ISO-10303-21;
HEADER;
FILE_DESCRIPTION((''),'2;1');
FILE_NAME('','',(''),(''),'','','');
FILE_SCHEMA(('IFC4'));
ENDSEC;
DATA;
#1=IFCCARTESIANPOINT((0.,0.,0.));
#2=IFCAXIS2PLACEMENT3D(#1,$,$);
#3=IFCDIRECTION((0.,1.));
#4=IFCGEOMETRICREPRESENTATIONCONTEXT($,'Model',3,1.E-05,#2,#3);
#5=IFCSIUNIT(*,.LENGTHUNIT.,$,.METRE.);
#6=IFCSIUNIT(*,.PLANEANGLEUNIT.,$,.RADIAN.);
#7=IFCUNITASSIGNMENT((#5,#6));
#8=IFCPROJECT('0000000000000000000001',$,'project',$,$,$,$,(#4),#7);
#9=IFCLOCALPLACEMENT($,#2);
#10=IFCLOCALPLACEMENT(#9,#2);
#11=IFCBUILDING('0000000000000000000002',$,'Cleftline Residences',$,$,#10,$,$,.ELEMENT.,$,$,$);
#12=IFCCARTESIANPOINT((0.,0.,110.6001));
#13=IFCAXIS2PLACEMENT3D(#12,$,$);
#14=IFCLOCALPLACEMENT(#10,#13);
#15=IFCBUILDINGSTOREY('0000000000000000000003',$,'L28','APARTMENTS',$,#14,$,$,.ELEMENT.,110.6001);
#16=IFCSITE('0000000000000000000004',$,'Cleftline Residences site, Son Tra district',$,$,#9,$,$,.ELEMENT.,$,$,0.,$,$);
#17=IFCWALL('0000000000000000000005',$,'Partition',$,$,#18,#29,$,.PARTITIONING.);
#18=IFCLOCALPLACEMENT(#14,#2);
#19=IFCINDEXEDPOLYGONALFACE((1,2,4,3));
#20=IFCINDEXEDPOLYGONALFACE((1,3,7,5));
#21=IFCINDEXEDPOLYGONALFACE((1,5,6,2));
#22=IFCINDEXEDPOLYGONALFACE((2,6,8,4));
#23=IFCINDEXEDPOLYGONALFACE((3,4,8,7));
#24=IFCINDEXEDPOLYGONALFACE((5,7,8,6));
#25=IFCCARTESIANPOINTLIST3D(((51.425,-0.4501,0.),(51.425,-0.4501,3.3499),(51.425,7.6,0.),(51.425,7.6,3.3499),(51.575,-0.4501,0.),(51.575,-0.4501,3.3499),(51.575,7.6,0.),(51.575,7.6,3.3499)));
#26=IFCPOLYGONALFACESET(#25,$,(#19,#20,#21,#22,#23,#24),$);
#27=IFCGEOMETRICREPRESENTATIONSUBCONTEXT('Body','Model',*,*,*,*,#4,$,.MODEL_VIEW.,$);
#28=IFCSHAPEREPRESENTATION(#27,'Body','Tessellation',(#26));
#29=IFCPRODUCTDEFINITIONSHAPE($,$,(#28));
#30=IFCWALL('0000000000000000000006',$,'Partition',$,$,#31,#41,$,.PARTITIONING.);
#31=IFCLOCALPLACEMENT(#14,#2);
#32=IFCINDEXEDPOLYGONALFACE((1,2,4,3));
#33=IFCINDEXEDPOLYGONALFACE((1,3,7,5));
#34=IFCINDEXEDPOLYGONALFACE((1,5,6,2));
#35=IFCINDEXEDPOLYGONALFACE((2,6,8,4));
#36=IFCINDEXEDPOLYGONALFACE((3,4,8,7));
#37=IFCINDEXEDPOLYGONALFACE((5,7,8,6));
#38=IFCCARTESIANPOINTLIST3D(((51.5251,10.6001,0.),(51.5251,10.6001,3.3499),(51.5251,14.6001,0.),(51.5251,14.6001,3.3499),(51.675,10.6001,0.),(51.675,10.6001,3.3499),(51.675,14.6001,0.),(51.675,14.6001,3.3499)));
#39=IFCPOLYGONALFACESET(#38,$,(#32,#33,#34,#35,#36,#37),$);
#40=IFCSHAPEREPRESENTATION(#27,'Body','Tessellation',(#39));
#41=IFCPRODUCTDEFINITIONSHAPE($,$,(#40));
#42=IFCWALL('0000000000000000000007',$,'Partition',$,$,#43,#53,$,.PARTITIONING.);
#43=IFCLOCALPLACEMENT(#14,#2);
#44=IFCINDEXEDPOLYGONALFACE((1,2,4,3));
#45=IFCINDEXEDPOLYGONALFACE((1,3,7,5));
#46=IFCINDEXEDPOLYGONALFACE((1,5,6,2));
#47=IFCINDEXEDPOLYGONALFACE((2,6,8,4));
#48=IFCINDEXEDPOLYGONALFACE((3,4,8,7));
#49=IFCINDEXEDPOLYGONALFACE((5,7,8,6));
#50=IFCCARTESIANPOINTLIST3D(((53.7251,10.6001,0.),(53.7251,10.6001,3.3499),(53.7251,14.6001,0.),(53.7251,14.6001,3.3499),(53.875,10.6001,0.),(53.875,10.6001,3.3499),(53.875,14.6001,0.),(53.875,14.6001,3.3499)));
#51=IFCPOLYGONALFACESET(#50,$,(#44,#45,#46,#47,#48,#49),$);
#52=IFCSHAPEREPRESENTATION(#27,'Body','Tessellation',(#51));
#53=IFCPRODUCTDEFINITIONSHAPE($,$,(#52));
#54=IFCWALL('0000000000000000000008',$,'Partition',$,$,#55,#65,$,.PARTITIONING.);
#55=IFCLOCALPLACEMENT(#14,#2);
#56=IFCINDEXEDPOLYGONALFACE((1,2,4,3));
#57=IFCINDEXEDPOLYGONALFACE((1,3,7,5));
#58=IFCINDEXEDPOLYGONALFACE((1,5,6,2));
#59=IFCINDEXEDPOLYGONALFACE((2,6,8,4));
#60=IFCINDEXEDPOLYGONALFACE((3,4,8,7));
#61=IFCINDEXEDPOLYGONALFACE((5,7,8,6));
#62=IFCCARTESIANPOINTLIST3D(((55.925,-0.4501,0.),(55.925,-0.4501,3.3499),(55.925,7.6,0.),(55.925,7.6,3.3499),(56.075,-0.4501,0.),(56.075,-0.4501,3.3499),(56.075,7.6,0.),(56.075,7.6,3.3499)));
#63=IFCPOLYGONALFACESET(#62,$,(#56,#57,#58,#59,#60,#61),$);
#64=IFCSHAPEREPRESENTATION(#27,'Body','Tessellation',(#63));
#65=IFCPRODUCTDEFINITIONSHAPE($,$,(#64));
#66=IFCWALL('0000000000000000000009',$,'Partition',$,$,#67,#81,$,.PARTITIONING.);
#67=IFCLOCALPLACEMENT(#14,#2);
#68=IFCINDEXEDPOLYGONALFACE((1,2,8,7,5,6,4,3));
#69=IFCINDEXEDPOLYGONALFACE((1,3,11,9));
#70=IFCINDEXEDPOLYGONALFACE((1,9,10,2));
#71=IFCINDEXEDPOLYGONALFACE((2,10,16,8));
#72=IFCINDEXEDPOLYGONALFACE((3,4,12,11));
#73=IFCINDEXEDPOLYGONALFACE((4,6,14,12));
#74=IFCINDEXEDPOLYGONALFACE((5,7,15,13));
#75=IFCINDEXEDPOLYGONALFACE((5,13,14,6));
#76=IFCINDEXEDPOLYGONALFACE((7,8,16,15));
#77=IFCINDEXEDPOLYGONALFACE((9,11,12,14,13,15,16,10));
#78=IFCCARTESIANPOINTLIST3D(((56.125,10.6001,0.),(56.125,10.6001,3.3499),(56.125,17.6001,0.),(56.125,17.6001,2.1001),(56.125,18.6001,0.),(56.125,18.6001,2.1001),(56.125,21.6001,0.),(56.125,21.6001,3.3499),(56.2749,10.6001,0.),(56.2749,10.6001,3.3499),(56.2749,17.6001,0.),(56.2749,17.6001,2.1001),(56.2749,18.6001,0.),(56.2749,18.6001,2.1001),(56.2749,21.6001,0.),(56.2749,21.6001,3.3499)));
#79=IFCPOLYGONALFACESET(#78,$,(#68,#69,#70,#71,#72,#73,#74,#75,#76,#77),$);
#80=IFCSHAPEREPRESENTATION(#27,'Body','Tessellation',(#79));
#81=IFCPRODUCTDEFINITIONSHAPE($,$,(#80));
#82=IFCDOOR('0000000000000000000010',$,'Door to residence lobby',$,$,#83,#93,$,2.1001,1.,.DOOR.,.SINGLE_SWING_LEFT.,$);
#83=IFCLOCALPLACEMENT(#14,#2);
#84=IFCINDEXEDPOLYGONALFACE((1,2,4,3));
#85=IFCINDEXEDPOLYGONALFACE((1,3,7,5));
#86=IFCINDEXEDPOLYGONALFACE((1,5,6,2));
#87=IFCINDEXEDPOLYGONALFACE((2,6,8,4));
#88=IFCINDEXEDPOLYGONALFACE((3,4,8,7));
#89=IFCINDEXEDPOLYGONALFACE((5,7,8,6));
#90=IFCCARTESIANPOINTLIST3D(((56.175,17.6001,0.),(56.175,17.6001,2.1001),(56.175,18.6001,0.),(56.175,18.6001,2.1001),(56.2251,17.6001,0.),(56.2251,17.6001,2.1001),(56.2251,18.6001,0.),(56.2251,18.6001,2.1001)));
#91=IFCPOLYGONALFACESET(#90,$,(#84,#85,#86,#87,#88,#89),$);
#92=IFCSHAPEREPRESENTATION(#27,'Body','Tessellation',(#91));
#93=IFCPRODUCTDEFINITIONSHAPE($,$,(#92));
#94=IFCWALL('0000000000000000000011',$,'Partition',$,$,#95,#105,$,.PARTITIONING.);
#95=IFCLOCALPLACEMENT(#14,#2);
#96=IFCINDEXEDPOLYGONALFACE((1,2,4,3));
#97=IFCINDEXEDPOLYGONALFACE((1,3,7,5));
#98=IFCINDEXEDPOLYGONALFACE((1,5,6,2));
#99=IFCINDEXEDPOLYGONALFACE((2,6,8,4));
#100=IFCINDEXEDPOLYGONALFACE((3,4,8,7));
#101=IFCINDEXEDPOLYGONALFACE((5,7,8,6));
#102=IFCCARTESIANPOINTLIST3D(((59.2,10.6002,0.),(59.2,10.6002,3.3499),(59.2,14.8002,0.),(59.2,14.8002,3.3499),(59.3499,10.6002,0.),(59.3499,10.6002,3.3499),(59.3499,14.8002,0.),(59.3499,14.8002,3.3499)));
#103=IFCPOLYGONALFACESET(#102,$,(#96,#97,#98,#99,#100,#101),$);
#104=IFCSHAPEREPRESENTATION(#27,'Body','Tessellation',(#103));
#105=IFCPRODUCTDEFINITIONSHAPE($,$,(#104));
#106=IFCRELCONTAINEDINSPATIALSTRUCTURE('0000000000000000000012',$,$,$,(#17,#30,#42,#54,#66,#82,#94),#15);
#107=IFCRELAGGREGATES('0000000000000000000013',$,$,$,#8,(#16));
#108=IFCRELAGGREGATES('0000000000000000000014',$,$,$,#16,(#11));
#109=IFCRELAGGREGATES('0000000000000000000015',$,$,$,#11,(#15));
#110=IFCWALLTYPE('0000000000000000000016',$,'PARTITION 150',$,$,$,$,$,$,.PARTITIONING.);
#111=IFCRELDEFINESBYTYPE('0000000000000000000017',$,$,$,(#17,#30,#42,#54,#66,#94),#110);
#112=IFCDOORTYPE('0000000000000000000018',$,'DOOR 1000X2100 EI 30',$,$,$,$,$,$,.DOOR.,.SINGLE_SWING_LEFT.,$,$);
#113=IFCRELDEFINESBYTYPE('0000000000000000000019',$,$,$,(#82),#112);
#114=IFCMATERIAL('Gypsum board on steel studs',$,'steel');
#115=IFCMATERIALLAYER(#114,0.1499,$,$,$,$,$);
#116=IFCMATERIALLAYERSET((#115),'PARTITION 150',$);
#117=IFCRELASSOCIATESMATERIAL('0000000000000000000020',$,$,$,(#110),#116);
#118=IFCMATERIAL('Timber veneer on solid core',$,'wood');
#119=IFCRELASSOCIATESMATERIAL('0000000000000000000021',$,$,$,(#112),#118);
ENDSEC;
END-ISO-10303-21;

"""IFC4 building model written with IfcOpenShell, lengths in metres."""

from ifc_helpers import new_model, si_unit, direction, frame, frame_2d, origin, place, context, subcontext, project, spatial, rectangle, extrude, material, layer, layer_set, type_object, element, fill, save


model = new_model("IFC4")

# Units and contexts
model_context = context("Model", 3, precision=1e-05, world=origin(), true_north=direction((0.0, 1.0)))
body_context = subcontext(model_context, "Body", "Model", "MODEL_VIEW")
ifc_project = project(units=[si_unit("LENGTHUNIT", "METRE"), si_unit("PLANEANGLEUNIT", "RADIAN")], contexts=[model_context])

# Site, building, storey
site_placement = place(None, origin())
site = spatial("IfcSite", under=ifc_project, at=site_placement, Name="Cleftline Residences site, Son Tra district", CompositionType="ELEMENT", RefElevation=0.0)
building_placement = place(site_placement, origin())
building = spatial("IfcBuilding", under=site, at=building_placement, Name="Cleftline Residences", CompositionType="ELEMENT")
storey_placement = place(building_placement, frame((0.0, 0.0, 110.6001)))
storey = spatial("IfcBuildingStorey", under=building, at=storey_placement, Name="L28", Description="APARTMENTS", CompositionType="ELEMENT", Elevation=110.6001)

# Shared definitions
ifc_material_1 = material(Name="Gypsum board on steel studs", Category="steel")
ifc_layer_1 = layer(ifc_material_1, 0.1499)
ifc_layer_set_1 = layer_set([ifc_layer_1], Name="PARTITION 150")
wall_type_1 = type_object("IfcWallType", Name="PARTITION 150", PredefinedType="PARTITIONING", material=ifc_layer_set_1)

# Walls
wall_1_placement = place(storey_placement, frame((51.5, -0.45, 0.0), z_axis=(0.0, 0.0, 1.0), x_axis=(0.0, 1.0, 0.0)))
element("IfcWall", 1, at=wall_1_placement, inside=storey, type_object=wall_type_1, Name="Partition", PredefinedType="PARTITIONING", context=body_context, shape_type="SweptSolid", body=[
    extrude(rectangle(XDim=8.05, YDim=0.1499, at=frame_2d((4.0249, 0.0))), origin(), (0.0, 0.0, 1.0), 3.3499),
])
for number, where, z_axis, x_axis, name in (
    (2, (51.6001, 10.6001, 0.0), (0.0, 0.0, 1.0), (0.0, 1.0, 0.0), "Partition"),
    (3, (53.8, 10.6001, 0.0), (0.0, 0.0, 1.0), (0.0, 1.0, 0.0), "Partition"),
):
    element("IfcWall", number, at=place(storey_placement, frame(where, z_axis=z_axis, x_axis=x_axis)), inside=storey, type_object=wall_type_1, Name=name, PredefinedType="PARTITIONING", context=body_context, shape_type="SweptSolid", body=[
        extrude(rectangle(XDim=4.0, YDim=0.1499, at=frame_2d((2.0, 0.0))), origin(), (0.0, 0.0, 1.0), 3.3499),
    ])
wall_2_placement = place(storey_placement, frame((56.0, -0.45, 0.0), z_axis=(0.0, 0.0, 1.0), x_axis=(0.0, 1.0, 0.0)))
element("IfcWall", 4, at=wall_2_placement, inside=storey, type_object=wall_type_1, Name="Partition", PredefinedType="PARTITIONING", context=body_context, shape_type="SweptSolid", body=[
    extrude(rectangle(XDim=8.05, YDim=0.1499, at=frame_2d((4.0249, 0.0))), origin(), (0.0, 0.0, 1.0), 3.3499),
])

# Wall, opening, door
wall_3_placement = place(storey_placement, frame((56.2, 10.6001, 0.0), z_axis=(0.0, 0.0, 1.0), x_axis=(0.0, 1.0, 0.0)))
wall_3 = element("IfcWall", 5, at=wall_3_placement, inside=storey, type_object=wall_type_1, Name="Partition", PredefinedType="PARTITIONING", context=body_context, shape_type="SweptSolid", body=[
    extrude(rectangle(XDim=11.0, YDim=0.1499, at=frame_2d((5.5, 0.0))), origin(), (0.0, 0.0, 1.0), 3.3499),
])
opening_1_placement = place(wall_3_placement, frame((7.0, 0.0, 0.0)))
opening_1 = element("IfcOpeningElement", 6, at=opening_1_placement, cuts=wall_3, PredefinedType="OPENING", context=body_context, shape_type="SweptSolid", body=[
    extrude(rectangle(XDim=1.0, YDim=2.1001, at=frame_2d((0.5, 1.05))), frame((0.0, 0.085, 0.0), z_axis=(0.0, -1.0, 0.0), x_axis=(1.0, 0.0, 0.0)), (0.0, 0.0, 1.0), 0.1699),
])
ifc_material_2 = material(Name="Timber veneer on solid core", Category="wood")
door_type_1 = type_object("IfcDoorType", Name="DOOR 1000X2100 EI 30", OperationType="SINGLE_SWING_LEFT", PredefinedType="DOOR", material=ifc_material_2)
door_1_placement = place(opening_1_placement, origin())
door_1 = element("IfcDoor", 7, at=door_1_placement, inside=storey, type_object=door_type_1, Name="Door to residence lobby", OperationType="SINGLE_SWING_LEFT", OverallHeight=2.1001, OverallWidth=1.0, PredefinedType="DOOR", context=body_context, shape_type="SweptSolid", body=[
    extrude(rectangle(XDim=1.0, YDim=2.1001, at=frame_2d((0.5, 1.05))), frame((0.0, 0.0249, 0.0), z_axis=(0.0, -1.0, 0.0), x_axis=(1.0, 0.0, 0.0)), (0.0, 0.0, 1.0), 0.05),
])
fill(opening_1, door_1)

# Wall
wall_4_placement = place(storey_placement, frame((59.2749, 10.6001, 0.0), z_axis=(0.0, 0.0, 1.0), x_axis=(0.0, 1.0, 0.0)))
element("IfcWall", 8, at=wall_4_placement, inside=storey, type_object=wall_type_1, Name="Partition", PredefinedType="PARTITIONING", context=body_context, shape_type="SweptSolid", body=[
    extrude(rectangle(XDim=4.2, YDim=0.1499, at=frame_2d((2.1001, 0.0))), origin(), (0.0, 0.0, 1.0), 3.3499),
])

save(model, "model.ifc")
